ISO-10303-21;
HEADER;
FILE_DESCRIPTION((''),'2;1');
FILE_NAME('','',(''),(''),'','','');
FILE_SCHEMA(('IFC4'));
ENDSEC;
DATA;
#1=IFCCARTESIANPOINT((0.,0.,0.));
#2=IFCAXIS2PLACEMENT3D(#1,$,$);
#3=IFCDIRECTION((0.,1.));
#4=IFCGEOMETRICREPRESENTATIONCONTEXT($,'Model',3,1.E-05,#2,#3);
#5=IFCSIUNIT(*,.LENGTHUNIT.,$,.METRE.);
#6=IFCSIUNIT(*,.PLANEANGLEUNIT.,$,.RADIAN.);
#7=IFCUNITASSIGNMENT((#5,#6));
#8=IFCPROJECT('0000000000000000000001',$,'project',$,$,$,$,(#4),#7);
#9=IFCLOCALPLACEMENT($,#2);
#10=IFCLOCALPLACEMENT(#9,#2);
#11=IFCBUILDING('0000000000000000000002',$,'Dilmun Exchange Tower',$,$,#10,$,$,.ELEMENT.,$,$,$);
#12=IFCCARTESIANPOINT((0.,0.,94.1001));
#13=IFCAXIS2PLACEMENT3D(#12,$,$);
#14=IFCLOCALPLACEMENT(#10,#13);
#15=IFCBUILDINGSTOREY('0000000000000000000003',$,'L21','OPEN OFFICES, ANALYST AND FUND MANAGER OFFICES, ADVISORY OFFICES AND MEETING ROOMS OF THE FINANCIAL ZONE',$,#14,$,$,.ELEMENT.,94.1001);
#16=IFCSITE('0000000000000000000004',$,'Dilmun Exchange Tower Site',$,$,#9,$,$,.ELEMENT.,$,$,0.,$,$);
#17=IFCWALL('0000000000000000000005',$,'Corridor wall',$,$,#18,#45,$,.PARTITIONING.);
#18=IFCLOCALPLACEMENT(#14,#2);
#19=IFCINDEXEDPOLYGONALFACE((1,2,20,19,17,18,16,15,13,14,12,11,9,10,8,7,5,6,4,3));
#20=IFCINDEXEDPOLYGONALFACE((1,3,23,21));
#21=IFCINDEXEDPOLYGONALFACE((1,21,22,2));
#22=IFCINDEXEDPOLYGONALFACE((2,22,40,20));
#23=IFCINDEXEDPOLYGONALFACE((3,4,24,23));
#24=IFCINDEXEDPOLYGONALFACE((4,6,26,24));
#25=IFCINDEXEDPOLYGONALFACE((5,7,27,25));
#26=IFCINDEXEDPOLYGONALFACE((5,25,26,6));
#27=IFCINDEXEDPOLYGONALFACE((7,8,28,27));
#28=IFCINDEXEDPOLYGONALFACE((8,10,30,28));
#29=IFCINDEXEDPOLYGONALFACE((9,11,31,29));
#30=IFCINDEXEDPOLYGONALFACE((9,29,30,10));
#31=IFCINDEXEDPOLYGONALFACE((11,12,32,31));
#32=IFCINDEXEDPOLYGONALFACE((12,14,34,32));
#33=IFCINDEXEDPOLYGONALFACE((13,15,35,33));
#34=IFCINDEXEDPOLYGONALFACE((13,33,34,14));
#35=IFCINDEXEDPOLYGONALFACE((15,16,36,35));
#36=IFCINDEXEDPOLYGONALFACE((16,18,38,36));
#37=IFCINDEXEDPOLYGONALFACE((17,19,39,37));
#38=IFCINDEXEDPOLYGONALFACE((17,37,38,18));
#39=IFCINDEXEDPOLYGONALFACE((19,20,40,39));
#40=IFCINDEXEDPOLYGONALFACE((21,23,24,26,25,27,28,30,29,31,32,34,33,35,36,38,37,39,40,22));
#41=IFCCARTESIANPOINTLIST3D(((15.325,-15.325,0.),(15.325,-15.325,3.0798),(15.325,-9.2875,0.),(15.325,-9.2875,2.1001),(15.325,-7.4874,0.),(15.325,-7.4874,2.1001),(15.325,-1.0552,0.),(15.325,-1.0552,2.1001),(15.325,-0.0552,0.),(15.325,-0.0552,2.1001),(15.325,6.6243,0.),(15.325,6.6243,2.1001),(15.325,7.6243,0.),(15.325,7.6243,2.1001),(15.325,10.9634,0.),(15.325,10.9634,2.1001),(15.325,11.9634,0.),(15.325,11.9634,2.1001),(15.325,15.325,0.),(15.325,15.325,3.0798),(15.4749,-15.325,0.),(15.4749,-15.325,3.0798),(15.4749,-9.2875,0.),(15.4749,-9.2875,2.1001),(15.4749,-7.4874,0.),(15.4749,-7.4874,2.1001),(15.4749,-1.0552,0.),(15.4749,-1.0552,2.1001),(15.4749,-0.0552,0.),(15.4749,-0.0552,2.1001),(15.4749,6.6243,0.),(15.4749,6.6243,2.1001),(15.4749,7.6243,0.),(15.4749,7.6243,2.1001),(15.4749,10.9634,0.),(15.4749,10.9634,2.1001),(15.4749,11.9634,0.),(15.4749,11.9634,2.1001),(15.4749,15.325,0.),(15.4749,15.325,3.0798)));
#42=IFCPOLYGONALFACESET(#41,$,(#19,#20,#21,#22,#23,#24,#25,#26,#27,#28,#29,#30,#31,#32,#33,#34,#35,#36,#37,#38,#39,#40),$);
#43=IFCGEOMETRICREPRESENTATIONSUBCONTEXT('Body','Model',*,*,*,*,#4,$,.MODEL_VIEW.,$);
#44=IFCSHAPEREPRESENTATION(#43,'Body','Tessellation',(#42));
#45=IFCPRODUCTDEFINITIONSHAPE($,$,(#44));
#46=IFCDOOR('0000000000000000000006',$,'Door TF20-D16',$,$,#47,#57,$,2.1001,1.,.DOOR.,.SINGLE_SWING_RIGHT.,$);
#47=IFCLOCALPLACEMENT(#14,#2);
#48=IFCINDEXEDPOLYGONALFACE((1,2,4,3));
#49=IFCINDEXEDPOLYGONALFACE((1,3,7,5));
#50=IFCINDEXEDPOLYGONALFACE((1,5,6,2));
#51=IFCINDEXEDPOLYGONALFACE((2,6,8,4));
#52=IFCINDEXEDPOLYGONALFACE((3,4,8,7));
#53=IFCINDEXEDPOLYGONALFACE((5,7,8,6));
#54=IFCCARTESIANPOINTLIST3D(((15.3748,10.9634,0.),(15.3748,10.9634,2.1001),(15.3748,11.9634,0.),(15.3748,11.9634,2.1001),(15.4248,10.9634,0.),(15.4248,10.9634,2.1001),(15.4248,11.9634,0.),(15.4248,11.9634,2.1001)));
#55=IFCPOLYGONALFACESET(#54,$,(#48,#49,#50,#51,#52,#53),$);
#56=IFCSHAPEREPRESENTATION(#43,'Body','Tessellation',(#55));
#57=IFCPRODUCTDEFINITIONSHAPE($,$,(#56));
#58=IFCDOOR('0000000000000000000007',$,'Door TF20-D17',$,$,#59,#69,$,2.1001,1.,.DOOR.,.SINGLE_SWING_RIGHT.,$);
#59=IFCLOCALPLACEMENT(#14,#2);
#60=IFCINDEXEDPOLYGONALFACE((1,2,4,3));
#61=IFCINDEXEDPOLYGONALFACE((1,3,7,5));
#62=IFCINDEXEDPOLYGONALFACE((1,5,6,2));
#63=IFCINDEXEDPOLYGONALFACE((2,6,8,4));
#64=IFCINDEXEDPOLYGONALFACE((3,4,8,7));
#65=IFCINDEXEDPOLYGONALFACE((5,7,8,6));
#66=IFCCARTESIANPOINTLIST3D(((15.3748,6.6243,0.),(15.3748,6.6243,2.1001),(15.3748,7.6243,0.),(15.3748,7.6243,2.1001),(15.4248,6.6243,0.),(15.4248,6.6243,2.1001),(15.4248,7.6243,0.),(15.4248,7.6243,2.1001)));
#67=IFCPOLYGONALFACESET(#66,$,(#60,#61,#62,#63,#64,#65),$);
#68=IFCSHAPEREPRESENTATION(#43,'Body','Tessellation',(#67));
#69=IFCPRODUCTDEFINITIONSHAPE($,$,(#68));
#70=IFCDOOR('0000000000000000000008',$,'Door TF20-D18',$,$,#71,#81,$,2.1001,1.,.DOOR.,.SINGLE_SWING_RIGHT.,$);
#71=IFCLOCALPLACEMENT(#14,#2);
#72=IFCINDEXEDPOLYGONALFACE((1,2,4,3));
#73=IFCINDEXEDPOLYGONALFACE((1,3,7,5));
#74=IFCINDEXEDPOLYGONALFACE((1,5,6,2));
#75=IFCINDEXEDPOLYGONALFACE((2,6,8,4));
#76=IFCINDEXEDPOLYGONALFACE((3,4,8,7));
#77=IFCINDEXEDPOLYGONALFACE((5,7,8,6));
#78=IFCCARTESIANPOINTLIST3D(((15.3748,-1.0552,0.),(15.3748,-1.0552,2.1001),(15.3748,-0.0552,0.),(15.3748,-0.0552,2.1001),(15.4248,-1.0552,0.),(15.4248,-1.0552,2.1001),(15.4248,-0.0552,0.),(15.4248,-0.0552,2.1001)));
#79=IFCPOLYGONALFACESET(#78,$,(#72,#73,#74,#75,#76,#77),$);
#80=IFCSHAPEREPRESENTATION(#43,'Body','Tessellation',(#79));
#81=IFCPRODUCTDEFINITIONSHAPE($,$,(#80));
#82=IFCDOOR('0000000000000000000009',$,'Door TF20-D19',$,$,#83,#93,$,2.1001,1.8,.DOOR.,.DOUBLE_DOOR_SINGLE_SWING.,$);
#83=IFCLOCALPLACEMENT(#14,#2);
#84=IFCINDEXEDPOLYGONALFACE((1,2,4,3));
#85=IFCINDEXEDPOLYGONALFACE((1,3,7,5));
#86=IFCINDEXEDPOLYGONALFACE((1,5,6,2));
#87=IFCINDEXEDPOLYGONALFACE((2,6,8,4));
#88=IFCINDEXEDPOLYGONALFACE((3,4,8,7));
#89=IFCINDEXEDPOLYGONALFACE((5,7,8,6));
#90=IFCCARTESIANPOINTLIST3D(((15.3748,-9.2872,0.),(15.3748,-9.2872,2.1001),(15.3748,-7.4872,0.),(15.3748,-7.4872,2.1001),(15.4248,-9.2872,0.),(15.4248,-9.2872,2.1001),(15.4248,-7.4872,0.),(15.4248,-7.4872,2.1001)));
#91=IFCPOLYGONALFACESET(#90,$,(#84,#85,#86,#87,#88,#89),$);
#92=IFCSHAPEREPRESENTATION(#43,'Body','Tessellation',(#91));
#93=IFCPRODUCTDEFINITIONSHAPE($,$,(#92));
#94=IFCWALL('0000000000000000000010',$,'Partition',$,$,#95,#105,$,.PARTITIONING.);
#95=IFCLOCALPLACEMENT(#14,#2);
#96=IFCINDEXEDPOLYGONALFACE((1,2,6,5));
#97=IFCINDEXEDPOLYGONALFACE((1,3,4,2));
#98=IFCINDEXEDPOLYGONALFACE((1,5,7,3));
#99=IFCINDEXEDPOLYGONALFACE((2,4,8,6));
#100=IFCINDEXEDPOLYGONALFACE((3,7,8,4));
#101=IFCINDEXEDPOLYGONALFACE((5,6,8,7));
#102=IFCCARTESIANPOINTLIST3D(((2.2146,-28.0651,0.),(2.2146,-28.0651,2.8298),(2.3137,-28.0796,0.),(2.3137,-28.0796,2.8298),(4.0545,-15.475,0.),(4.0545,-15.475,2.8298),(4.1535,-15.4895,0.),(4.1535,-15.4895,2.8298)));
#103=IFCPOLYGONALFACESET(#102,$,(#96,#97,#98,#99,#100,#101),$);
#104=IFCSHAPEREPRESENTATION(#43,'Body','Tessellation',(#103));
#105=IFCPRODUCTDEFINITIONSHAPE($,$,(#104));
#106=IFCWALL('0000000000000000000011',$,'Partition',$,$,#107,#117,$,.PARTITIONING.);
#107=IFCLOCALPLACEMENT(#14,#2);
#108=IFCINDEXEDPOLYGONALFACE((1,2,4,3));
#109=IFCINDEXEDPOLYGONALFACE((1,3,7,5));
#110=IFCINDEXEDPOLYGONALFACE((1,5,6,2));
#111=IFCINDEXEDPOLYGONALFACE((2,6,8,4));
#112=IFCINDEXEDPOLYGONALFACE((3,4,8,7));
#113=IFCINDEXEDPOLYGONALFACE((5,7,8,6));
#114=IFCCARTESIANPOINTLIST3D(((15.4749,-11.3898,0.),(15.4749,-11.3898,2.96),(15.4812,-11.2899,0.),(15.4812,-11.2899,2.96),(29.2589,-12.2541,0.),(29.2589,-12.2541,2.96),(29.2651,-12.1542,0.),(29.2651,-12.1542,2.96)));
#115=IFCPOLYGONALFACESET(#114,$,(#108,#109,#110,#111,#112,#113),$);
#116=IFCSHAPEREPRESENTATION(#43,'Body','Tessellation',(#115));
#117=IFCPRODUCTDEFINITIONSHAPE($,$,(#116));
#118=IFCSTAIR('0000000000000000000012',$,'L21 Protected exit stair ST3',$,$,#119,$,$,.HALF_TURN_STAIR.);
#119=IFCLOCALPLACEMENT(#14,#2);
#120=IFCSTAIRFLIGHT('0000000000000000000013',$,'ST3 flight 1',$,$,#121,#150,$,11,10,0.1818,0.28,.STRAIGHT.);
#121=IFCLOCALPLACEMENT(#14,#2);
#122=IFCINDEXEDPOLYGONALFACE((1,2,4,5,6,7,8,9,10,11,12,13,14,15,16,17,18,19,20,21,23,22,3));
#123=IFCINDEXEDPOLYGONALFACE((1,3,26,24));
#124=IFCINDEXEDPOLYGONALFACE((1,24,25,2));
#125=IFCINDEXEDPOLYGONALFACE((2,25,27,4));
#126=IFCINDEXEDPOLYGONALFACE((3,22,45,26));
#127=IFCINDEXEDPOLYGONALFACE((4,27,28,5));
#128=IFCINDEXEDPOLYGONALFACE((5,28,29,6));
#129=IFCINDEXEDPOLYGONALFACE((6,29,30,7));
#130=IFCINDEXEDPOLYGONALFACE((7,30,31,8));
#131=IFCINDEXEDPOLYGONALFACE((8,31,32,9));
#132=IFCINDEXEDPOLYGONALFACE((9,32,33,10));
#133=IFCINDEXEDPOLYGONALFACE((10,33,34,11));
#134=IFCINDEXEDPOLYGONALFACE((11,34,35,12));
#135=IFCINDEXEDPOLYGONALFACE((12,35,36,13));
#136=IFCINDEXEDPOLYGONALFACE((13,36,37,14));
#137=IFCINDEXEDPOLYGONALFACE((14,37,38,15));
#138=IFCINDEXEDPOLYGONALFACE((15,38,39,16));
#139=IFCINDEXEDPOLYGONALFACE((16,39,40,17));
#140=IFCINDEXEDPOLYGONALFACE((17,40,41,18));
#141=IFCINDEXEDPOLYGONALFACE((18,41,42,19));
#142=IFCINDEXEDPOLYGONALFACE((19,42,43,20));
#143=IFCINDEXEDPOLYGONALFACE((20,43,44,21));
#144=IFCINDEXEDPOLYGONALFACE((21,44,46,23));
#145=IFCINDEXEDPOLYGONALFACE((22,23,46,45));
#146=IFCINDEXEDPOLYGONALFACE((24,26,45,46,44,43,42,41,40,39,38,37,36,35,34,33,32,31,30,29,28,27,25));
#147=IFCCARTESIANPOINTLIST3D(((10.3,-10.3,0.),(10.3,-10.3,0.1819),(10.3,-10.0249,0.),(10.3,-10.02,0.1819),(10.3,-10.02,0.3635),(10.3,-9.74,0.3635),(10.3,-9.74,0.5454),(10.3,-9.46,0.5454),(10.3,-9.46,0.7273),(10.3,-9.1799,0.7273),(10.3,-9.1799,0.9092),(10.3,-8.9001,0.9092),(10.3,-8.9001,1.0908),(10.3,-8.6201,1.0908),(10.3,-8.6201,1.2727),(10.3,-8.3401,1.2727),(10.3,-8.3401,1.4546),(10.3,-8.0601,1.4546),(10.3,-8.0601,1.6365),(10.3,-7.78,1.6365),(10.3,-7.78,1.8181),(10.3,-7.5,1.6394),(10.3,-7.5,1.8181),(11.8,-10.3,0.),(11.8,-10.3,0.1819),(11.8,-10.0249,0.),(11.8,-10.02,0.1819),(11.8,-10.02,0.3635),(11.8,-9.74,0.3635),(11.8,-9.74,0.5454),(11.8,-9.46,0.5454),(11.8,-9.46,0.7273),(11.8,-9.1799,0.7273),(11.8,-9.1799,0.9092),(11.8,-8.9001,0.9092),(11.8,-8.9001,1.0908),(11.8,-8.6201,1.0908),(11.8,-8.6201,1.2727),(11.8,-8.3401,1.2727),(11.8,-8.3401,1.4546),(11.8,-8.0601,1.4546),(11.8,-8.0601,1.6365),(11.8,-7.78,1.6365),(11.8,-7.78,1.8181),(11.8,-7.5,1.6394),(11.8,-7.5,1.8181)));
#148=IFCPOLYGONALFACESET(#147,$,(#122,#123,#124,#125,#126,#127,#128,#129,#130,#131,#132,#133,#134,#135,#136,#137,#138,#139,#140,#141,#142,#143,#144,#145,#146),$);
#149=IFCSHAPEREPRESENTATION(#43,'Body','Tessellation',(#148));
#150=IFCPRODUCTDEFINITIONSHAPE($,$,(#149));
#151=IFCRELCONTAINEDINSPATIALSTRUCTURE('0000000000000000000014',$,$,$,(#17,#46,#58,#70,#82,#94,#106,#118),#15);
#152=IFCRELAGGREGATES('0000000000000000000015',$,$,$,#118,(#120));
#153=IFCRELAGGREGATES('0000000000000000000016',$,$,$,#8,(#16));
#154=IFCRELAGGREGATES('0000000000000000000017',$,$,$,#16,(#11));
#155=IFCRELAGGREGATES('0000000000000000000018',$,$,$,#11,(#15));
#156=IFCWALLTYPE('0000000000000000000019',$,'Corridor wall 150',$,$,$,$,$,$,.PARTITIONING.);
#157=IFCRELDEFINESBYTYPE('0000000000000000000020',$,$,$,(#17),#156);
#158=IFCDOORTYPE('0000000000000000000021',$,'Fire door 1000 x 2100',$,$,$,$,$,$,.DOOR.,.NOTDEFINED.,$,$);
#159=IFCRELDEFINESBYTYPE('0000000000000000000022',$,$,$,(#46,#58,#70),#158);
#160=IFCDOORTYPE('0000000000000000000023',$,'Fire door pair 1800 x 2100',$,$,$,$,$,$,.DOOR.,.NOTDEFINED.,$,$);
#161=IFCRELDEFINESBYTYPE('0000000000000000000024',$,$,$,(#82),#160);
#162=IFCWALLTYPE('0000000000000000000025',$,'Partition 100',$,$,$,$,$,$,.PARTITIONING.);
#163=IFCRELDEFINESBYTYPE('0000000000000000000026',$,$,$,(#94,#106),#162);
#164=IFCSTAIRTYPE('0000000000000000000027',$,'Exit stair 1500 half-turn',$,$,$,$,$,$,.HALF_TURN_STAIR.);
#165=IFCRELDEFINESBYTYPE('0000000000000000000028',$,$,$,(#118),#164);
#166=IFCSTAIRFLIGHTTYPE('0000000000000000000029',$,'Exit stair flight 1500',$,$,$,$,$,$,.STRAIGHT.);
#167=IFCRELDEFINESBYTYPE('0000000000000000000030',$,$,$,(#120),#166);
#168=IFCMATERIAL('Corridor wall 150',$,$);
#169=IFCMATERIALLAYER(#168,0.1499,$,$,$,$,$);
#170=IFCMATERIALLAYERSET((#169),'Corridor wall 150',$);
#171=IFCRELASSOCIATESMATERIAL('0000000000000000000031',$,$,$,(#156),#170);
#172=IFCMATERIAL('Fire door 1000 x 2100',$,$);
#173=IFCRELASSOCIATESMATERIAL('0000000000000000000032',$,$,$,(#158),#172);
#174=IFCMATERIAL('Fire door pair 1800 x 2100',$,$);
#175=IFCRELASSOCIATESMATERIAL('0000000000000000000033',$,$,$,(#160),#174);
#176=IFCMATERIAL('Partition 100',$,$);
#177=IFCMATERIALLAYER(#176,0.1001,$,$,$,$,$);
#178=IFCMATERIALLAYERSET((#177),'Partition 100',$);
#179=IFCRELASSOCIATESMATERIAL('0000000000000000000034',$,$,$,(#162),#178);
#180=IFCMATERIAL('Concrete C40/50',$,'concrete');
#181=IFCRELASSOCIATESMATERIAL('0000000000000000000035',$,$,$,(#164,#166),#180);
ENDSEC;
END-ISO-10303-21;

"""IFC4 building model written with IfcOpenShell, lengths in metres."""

from ifc_helpers import new_model, si_unit, direction, frame, frame_2d, origin, place, context, subcontext, project, spatial, polyline, rectangle, outline, extrude, material, layer, layer_set, type_object, element, fill, aggregate, save


model = new_model("IFC4")

# Units and contexts
model_context = context("Model", 3, precision=1e-05, world=origin(), true_north=direction((0.0, 1.0)))
body_context = subcontext(model_context, "Body", "Model", "MODEL_VIEW")
ifc_project = project(units=[si_unit("LENGTHUNIT", "METRE"), si_unit("PLANEANGLEUNIT", "RADIAN")], contexts=[model_context])

# Site, building, storey
site_placement = place(None, origin())
site = spatial("IfcSite", under=ifc_project, at=site_placement, Name="Dilmun Exchange Tower Site", CompositionType="ELEMENT", RefElevation=0.0)
building_placement = place(site_placement, origin())
building = spatial("IfcBuilding", under=site, at=building_placement, Name="Dilmun Exchange Tower", CompositionType="ELEMENT")
storey_placement = place(building_placement, frame((0.0, 0.0, 94.1001)))
storey = spatial("IfcBuildingStorey", under=building, at=storey_placement, Name="L21", Description="OPEN OFFICES, ANALYST AND FUND MANAGER OFFICES, ADVISORY OFFICES AND MEETING ROOMS OF THE FINANCIAL ZONE", CompositionType="ELEMENT", Elevation=94.1001)

# Shared definitions
ifc_material_1 = material(Name="Concrete C40/50", Category="concrete")

# Wall, openings, doors
ifc_material_2 = material(Name="Corridor wall 150")
ifc_layer_1 = layer(ifc_material_2, 0.1499)
ifc_layer_set_1 = layer_set([ifc_layer_1], Name="Corridor wall 150")
wall_type_1 = type_object("IfcWallType", Name="Corridor wall 150", PredefinedType="PARTITIONING", material=ifc_layer_set_1)
wall_1_placement = place(storey_placement, frame((15.3999, -15.325, 0.0), z_axis=(0.0, 0.0, 1.0), x_axis=(0.0, 1.0, 0.0)))
wall_1 = element("IfcWall", 1, at=wall_1_placement, inside=storey, type_object=wall_type_1, Name="Corridor wall", PredefinedType="PARTITIONING", context=body_context, shape_type="SweptSolid", body=[
    extrude(rectangle(XDim=30.6499, YDim=0.1499, at=frame_2d((15.325, 0.0))), origin(), (0.0, 0.0, 1.0), 3.0798),
])
opening_1_placement = place(wall_1_placement, frame((26.2883, 0.0, 0.0)))
opening_1 = element("IfcOpeningElement", 2, at=opening_1_placement, cuts=wall_1, PredefinedType="OPENING", context=body_context, shape_type="SweptSolid", body=[
    extrude(rectangle(XDim=1.0, YDim=2.1001, at=frame_2d((0.5, 1.05))), frame((0.0, 0.085, 0.0), z_axis=(0.0, -1.0, 0.0), x_axis=(1.0, 0.0, 0.0)), (0.0, 0.0, 1.0), 0.1699),
])
opening_2_placement = place(wall_1_placement, frame((21.9492, 0.0, 0.0)))
opening_2 = element("IfcOpeningElement", 3, at=opening_2_placement, cuts=wall_1, PredefinedType="OPENING", context=body_context, shape_type="SweptSolid", body=[
    extrude(rectangle(XDim=1.0, YDim=2.1001, at=frame_2d((0.5, 1.05))), frame((0.0, 0.085, 0.0), z_axis=(0.0, -1.0, 0.0), x_axis=(1.0, 0.0, 0.0)), (0.0, 0.0, 1.0), 0.1699),
])
opening_3_placement = place(wall_1_placement, frame((14.2698, 0.0, 0.0)))
opening_3 = element("IfcOpeningElement", 4, at=opening_3_placement, cuts=wall_1, PredefinedType="OPENING", context=body_context, shape_type="SweptSolid", body=[
    extrude(rectangle(XDim=1.0, YDim=2.1001, at=frame_2d((0.5, 1.05))), frame((0.0, 0.085, 0.0), z_axis=(0.0, -1.0, 0.0), x_axis=(1.0, 0.0, 0.0)), (0.0, 0.0, 1.0), 0.1699),
])
opening_4_placement = place(wall_1_placement, frame((6.0376, 0.0, 0.0)))
opening_4 = element("IfcOpeningElement", 5, at=opening_4_placement, cuts=wall_1, PredefinedType="OPENING", context=body_context, shape_type="SweptSolid", body=[
    extrude(rectangle(XDim=1.8, YDim=2.1001, at=frame_2d((0.8999, 1.05))), frame((0.0, 0.085, 0.0), z_axis=(0.0, -1.0, 0.0), x_axis=(1.0, 0.0, 0.0)), (0.0, 0.0, 1.0), 0.1699),
])
ifc_material_3 = material(Name="Fire door 1000 x 2100")
door_type_1 = type_object("IfcDoorType", Name="Fire door 1000 x 2100", OperationType="NOTDEFINED", PredefinedType="DOOR", material=ifc_material_3)
door_1_placement = place(opening_1_placement, frame((1.0, 0.0, 0.0), z_axis=(0.0, 0.0, 1.0), x_axis=(-1.0, 0.0, 0.0)))
door_1 = element("IfcDoor", 6, at=door_1_placement, inside=storey, type_object=door_type_1, Name="Door TF20-D16", OperationType="SINGLE_SWING_RIGHT", OverallHeight=2.1001, OverallWidth=1.0, PredefinedType="DOOR", context=body_context, shape_type="SweptSolid", body=[
    extrude(rectangle(XDim=1.0, YDim=2.1001, at=frame_2d((0.5, 1.05))), frame((0.0, 0.0249, 0.0), z_axis=(0.0, -1.0, 0.0), x_axis=(1.0, 0.0, 0.0)), (0.0, 0.0, 1.0), 0.05),
])
fill(opening_1, door_1)
door_2_placement = place(opening_2_placement, frame((1.0, 0.0, 0.0), z_axis=(0.0, 0.0, 1.0), x_axis=(-1.0, 0.0, 0.0)))
door_2 = element("IfcDoor", 7, at=door_2_placement, inside=storey, type_object=door_type_1, Name="Door TF20-D17", OperationType="SINGLE_SWING_RIGHT", OverallHeight=2.1001, OverallWidth=1.0, PredefinedType="DOOR", context=body_context, shape_type="SweptSolid", body=[
    extrude(rectangle(XDim=1.0, YDim=2.1001, at=frame_2d((0.5, 1.05))), frame((0.0, 0.0249, 0.0), z_axis=(0.0, -1.0, 0.0), x_axis=(1.0, 0.0, 0.0)), (0.0, 0.0, 1.0), 0.05),
])
fill(opening_2, door_2)
door_3_placement = place(opening_3_placement, frame((1.0, 0.0, 0.0), z_axis=(0.0, 0.0, 1.0), x_axis=(-1.0, 0.0, 0.0)))
door_3 = element("IfcDoor", 8, at=door_3_placement, inside=storey, type_object=door_type_1, Name="Door TF20-D18", OperationType="SINGLE_SWING_RIGHT", OverallHeight=2.1001, OverallWidth=1.0, PredefinedType="DOOR", context=body_context, shape_type="SweptSolid", body=[
    extrude(rectangle(XDim=1.0, YDim=2.1001, at=frame_2d((0.5, 1.05))), frame((0.0, 0.0249, 0.0), z_axis=(0.0, -1.0, 0.0), x_axis=(1.0, 0.0, 0.0)), (0.0, 0.0, 1.0), 0.05),
])
fill(opening_3, door_3)
ifc_material_4 = material(Name="Fire door pair 1800 x 2100")
door_type_2 = type_object("IfcDoorType", Name="Fire door pair 1800 x 2100", OperationType="NOTDEFINED", PredefinedType="DOOR", material=ifc_material_4)
door_4_placement = place(opening_4_placement, frame((1.8, 0.0, 0.0), z_axis=(0.0, 0.0, 1.0), x_axis=(-1.0, 0.0, 0.0)))
door_4 = element("IfcDoor", 9, at=door_4_placement, inside=storey, type_object=door_type_2, Name="Door TF20-D19", OperationType="DOUBLE_DOOR_SINGLE_SWING", OverallHeight=2.1001, OverallWidth=1.8, PredefinedType="DOOR", context=body_context, shape_type="SweptSolid", body=[
    extrude(rectangle(XDim=1.8, YDim=2.1001, at=frame_2d((0.8999, 1.05))), frame((0.0, 0.0249, 0.0), z_axis=(0.0, -1.0, 0.0), x_axis=(1.0, 0.0, 0.0)), (0.0, 0.0, 1.0), 0.05),
])
fill(opening_4, door_4)

# Walls
ifc_material_5 = material(Name="Partition 100")
ifc_layer_2 = layer(ifc_material_5, 0.1001)
ifc_layer_set_2 = layer_set([ifc_layer_2], Name="Partition 100")
wall_type_2 = type_object("IfcWallType", Name="Partition 100", PredefinedType="PARTITIONING", material=ifc_layer_set_2)
wall_2_placement = place(storey_placement, frame((2.2642, -28.0723, 0.0), z_axis=(0.0, 0.0, 1.0), x_axis=(0.144598, 0.98949, 0.0)))
element("IfcWall", 10, at=wall_2_placement, inside=storey, type_object=wall_type_2, Name="Partition", PredefinedType="PARTITIONING", context=body_context, shape_type="SweptSolid", body=[
    extrude(rectangle(XDim=12.7239, YDim=0.1001, at=frame_2d((6.3618, 0.0))), origin(), (0.0, 0.0, 1.0), 2.8298),
])
wall_3_placement = place(storey_placement, frame((15.478, -11.3398, 0.0), z_axis=(0.0, 0.0, 1.0), x_axis=(0.99804, -0.062577, 0.0)))
element("IfcWall", 11, at=wall_3_placement, inside=storey, type_object=wall_type_2, Name="Partition", PredefinedType="PARTITIONING", context=body_context, shape_type="SweptSolid", body=[
    extrude(rectangle(XDim=13.811, YDim=0.1001, at=frame_2d((6.9055, 0.0))), origin(), (0.0, 0.0, 1.0), 2.96),
])

# Stair, stair flight
stair_type = type_object("IfcStairType", Name="Exit stair 1500 half-turn", PredefinedType="HALF_TURN_STAIR", material=ifc_material_1)
stair_placement = place(storey_placement, origin())
stair = element("IfcStair", 12, at=stair_placement, inside=storey, type_object=stair_type, Name="L21 Protected exit stair ST3", PredefinedType="HALF_TURN_STAIR")
stair_flight_type = type_object("IfcStairFlightType", Name="Exit stair flight 1500", PredefinedType="STRAIGHT", material=ifc_material_1)
stair_flight_placement = place(storey_placement, frame((11.05, -10.3, 0.0), z_axis=(0.0, 0.0, 1.0), x_axis=(0.0, 1.0, 0.0)))
stair_flight = element("IfcStairFlight", 13, at=stair_flight_placement, type_object=stair_flight_type, Name="ST3 flight 1", NumberOfRisers=11, NumberOfTreads=10, PredefinedType="STRAIGHT", RiserHeight=0.1818, TreadLength=0.28, context=body_context, shape_type="SweptSolid", body=[
    extrude(outline(polyline([(0.0, 0.0), (0.0, 0.1819), (0.28, 0.1819), (0.28, 0.3635), (0.5601, 0.3635), (0.5601, 0.5454), (0.8401, 0.5454), (0.8401, 0.7273), (1.1201, 0.7273), (1.1201, 0.9092), (1.3999, 0.9092), (1.3999, 1.0908), (1.6799, 1.0908), (1.6799, 1.2727), (1.96, 1.2727), (1.96, 1.4546), (2.24, 1.4546), (2.24, 1.6365), (2.52, 1.6365), (2.52, 1.8181), (2.8, 1.8181), (2.8, 2.0), (2.8, 1.6394), (0.2751, 0.0), (0.0, 0.0)])), frame((0.0, 0.75, 0.0), z_axis=(0.0, -1.0, 0.0), x_axis=(1.0, 0.0, 0.0)), (0.0, 0.0, 1.0), 1.5),
])
aggregate(stair, [stair_flight])

save(model, "model.ifc")
